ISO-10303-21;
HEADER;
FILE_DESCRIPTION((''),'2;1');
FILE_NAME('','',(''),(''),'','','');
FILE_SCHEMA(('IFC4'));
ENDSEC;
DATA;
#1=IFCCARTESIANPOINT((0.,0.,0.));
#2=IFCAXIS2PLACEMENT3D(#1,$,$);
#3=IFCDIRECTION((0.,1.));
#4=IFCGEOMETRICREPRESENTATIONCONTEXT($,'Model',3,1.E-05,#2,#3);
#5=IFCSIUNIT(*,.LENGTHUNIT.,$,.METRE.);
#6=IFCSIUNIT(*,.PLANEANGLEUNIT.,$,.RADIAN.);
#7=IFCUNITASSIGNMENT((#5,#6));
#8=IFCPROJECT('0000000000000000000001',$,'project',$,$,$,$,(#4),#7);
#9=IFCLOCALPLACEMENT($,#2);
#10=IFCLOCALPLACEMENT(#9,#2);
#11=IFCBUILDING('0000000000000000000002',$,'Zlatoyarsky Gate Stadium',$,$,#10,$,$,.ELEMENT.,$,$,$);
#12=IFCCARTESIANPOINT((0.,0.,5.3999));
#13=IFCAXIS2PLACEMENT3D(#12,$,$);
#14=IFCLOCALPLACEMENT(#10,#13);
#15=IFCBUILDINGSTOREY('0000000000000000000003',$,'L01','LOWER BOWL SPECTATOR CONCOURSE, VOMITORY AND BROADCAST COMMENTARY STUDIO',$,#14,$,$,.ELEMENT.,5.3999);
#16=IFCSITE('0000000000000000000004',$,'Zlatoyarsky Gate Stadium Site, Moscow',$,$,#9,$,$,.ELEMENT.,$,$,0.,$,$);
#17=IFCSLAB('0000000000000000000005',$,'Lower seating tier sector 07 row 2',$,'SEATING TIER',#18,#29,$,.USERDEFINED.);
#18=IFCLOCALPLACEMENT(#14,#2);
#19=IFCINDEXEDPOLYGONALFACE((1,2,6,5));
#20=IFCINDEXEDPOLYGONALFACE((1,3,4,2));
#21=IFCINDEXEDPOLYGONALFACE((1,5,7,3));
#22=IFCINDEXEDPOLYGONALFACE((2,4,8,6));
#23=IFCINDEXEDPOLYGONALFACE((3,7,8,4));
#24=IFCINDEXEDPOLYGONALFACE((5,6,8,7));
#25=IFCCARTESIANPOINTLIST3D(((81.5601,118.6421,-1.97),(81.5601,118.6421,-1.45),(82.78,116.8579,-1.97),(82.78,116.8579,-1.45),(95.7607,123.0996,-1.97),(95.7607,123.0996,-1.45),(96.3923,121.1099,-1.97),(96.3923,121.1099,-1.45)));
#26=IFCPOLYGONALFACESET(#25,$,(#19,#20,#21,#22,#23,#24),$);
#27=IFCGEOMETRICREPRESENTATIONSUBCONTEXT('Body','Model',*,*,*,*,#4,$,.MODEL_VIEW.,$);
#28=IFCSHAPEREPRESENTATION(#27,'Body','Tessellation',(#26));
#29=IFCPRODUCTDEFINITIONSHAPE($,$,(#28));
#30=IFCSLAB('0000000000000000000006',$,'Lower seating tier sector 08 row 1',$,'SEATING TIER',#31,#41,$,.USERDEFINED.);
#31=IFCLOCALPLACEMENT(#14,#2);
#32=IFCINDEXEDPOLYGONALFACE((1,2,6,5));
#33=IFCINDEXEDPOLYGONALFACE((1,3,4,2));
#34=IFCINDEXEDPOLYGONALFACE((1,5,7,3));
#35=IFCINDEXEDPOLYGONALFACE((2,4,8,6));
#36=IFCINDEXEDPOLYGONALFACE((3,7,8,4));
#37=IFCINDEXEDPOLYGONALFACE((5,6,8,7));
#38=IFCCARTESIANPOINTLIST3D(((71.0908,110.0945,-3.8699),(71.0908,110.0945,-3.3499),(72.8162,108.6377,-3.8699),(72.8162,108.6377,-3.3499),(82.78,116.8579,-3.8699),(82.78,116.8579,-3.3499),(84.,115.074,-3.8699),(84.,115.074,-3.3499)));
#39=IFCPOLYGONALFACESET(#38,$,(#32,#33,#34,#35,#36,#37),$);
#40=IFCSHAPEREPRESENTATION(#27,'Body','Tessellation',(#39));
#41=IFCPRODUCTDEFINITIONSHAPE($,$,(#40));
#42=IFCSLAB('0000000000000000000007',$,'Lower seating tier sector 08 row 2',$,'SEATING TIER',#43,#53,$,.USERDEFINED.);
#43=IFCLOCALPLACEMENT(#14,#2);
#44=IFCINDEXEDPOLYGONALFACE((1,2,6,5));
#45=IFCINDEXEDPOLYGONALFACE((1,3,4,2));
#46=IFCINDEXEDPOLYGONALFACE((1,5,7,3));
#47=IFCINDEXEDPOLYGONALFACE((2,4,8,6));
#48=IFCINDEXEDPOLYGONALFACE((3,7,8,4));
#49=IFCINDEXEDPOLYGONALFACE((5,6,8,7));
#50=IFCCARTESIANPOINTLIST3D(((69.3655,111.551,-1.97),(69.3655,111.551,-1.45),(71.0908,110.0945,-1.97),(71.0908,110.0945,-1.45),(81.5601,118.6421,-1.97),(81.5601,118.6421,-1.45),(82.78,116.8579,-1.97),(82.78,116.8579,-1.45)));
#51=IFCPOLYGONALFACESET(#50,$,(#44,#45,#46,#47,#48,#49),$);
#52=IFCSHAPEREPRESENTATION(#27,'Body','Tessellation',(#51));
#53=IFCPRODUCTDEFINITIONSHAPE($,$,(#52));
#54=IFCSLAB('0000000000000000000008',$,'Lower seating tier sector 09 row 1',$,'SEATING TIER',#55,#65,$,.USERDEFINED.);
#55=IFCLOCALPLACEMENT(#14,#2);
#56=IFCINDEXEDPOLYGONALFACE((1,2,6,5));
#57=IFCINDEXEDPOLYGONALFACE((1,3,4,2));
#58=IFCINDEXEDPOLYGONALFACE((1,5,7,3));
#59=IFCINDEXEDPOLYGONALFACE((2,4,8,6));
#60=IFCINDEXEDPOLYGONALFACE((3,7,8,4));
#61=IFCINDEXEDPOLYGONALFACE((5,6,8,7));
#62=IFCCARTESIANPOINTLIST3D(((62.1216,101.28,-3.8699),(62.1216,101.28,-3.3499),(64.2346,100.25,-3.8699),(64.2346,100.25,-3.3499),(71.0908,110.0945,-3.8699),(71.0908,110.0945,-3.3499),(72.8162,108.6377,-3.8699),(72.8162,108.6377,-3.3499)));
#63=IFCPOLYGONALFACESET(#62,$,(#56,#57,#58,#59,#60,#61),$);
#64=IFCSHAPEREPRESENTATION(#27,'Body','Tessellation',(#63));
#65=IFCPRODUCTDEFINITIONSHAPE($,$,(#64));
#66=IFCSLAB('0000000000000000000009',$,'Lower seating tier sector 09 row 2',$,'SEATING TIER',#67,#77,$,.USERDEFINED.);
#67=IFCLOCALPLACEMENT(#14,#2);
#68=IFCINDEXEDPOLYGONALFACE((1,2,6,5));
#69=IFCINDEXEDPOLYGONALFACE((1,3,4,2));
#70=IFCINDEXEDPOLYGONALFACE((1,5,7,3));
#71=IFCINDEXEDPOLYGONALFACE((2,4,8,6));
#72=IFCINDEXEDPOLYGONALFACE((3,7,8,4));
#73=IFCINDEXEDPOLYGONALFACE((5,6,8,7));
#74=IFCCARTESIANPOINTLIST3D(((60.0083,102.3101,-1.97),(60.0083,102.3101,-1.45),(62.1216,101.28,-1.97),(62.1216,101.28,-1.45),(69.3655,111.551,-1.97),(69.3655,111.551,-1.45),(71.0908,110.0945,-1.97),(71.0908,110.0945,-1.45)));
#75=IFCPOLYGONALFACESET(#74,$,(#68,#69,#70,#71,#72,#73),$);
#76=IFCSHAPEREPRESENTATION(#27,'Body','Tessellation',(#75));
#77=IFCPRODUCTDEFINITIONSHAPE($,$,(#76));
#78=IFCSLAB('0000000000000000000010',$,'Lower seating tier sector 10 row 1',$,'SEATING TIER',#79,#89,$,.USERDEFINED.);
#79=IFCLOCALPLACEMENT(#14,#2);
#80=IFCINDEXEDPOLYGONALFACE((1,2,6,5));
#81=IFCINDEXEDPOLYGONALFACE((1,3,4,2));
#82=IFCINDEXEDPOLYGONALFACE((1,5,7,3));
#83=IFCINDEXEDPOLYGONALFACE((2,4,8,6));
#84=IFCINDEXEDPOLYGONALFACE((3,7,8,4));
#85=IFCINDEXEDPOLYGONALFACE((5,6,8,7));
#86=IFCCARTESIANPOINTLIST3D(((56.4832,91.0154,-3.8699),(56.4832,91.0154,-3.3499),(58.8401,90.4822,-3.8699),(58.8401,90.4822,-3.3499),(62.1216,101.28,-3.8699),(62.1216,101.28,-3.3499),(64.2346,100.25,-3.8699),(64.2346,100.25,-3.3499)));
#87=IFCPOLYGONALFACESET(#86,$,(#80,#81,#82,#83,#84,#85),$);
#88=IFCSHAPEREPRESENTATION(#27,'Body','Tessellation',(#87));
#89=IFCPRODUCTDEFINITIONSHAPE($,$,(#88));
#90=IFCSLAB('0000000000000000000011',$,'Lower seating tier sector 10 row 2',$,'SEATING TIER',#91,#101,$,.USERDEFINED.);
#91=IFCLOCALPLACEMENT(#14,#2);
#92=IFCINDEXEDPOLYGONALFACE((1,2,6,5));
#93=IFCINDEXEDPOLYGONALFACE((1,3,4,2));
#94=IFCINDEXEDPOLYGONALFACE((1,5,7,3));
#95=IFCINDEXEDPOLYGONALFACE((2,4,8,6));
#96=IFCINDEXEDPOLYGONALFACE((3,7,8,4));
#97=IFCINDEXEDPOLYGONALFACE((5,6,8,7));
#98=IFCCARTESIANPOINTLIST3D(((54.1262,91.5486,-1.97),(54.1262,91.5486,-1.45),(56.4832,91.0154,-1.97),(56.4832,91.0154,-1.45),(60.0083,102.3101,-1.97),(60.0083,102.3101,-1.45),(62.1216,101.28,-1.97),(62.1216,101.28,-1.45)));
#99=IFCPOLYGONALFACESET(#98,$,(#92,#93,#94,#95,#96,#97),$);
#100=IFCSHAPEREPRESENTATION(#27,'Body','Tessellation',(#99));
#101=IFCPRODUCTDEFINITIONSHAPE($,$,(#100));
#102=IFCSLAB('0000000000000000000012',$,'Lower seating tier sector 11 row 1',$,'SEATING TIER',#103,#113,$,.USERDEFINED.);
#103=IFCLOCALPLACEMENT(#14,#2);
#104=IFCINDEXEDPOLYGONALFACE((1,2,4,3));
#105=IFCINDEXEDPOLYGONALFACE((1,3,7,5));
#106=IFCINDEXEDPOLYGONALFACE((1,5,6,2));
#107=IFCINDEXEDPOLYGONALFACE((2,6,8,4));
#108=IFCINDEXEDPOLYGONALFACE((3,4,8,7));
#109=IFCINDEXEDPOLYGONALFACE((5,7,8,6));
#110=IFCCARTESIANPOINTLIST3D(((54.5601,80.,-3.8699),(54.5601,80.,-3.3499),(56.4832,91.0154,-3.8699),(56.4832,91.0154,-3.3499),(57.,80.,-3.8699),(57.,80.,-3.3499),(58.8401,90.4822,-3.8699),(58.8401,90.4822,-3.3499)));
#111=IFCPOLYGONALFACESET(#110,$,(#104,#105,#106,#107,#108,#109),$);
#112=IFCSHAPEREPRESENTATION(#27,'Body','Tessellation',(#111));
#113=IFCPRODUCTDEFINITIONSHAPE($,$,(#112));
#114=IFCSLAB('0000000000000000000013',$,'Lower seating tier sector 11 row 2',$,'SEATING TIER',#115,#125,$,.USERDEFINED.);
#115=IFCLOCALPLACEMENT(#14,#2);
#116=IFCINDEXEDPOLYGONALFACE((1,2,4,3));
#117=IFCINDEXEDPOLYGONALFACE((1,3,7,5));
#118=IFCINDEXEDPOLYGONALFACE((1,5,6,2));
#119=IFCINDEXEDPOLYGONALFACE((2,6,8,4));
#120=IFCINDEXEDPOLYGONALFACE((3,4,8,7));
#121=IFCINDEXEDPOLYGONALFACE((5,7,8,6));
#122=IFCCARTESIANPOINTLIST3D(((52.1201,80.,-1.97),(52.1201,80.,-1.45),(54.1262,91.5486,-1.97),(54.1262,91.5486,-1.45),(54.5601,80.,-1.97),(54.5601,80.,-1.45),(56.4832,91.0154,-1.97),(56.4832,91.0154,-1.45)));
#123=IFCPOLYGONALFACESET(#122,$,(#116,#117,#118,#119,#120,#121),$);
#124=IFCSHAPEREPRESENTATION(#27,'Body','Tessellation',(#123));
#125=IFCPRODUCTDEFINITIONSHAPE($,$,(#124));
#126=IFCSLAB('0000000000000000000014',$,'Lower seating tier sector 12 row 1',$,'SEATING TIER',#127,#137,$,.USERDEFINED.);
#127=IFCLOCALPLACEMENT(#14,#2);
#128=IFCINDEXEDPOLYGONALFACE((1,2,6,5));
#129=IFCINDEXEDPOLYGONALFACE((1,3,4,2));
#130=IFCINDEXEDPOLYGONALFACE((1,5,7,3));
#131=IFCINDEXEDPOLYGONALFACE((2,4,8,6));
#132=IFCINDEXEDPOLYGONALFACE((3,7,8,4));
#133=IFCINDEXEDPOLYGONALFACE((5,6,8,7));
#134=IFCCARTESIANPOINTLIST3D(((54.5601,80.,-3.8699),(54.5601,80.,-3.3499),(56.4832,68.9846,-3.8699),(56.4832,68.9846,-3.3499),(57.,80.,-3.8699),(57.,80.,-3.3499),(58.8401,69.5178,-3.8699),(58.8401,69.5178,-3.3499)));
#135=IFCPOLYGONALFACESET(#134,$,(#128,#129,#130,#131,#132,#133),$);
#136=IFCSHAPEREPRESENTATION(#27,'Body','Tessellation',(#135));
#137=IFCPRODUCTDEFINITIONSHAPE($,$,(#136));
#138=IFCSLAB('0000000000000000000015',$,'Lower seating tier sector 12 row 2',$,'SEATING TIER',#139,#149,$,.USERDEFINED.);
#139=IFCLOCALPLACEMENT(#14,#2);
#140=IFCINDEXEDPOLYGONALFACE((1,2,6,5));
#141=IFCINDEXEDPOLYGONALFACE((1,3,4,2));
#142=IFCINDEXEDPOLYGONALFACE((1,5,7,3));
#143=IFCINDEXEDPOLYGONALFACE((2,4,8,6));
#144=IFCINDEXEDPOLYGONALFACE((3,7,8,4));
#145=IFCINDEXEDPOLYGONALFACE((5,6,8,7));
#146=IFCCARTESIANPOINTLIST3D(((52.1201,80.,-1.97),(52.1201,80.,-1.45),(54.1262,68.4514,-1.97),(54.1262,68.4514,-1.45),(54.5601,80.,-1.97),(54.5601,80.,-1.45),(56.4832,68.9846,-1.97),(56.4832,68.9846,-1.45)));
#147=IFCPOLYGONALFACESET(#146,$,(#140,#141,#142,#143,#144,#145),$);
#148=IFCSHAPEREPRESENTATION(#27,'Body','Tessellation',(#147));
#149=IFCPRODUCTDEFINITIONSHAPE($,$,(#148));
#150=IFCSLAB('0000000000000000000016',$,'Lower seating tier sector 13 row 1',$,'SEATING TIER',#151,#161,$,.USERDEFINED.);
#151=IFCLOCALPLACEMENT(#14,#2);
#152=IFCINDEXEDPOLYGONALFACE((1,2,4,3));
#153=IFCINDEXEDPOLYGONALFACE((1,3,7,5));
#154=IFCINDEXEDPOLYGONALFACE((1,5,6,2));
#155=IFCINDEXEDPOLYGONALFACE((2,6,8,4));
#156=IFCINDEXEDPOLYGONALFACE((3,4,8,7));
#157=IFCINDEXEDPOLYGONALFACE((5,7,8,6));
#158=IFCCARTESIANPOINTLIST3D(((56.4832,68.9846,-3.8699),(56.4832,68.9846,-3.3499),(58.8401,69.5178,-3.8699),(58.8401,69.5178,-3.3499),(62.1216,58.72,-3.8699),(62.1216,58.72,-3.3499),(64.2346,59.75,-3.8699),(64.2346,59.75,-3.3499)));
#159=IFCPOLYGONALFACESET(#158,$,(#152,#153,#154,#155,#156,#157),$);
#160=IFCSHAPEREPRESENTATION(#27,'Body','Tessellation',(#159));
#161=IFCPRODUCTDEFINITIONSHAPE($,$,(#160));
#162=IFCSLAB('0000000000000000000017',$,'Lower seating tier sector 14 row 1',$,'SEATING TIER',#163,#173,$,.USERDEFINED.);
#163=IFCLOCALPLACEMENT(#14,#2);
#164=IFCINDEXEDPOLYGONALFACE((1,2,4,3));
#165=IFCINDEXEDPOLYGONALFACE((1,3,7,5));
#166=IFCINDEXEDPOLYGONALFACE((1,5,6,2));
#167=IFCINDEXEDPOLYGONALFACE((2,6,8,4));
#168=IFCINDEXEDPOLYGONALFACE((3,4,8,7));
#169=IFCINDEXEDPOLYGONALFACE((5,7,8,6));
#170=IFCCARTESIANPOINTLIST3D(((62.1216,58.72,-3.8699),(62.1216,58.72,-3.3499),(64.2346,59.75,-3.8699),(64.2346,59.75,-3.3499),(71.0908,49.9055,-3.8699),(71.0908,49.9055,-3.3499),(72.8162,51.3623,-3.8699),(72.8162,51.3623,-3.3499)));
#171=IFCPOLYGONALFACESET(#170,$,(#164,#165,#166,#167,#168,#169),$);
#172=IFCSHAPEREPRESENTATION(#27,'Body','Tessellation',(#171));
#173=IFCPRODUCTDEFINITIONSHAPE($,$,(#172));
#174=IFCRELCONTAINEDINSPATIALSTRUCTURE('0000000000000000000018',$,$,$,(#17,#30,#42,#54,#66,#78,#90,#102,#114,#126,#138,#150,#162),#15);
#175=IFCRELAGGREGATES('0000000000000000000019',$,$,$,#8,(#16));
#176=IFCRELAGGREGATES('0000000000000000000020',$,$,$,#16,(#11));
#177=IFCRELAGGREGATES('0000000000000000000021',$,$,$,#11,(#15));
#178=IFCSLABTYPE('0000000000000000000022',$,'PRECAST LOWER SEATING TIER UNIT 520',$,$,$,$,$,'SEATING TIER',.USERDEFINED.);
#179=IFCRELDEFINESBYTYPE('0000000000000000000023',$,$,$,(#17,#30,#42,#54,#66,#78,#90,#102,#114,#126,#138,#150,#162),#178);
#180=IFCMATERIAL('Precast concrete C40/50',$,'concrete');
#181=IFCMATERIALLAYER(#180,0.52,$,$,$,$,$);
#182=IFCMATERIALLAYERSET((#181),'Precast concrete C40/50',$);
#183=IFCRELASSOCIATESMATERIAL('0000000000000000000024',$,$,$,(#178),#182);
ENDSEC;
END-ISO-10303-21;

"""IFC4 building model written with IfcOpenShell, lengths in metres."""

from ifc_helpers import new_model, si_unit, direction, frame, origin, place, context, subcontext, project, spatial, polyline, outline, extrude, material, layer, layer_set, type_object, element, save


model = new_model("IFC4")

# Units and contexts
model_context = context("Model", 3, precision=1e-05, world=origin(), true_north=direction((0.0, 1.0)))
body_context = subcontext(model_context, "Body", "Model", "MODEL_VIEW")
ifc_project = project(units=[si_unit("LENGTHUNIT", "METRE"), si_unit("PLANEANGLEUNIT", "RADIAN")], contexts=[model_context])

# Site, building, storey
site_placement = place(None, origin())
site = spatial("IfcSite", under=ifc_project, at=site_placement, Name="Zlatoyarsky Gate Stadium Site, Moscow", CompositionType="ELEMENT", RefElevation=0.0)
building_placement = place(site_placement, origin())
building = spatial("IfcBuilding", under=site, at=building_placement, Name="Zlatoyarsky Gate Stadium", CompositionType="ELEMENT")
storey_placement = place(building_placement, frame((0.0, 0.0, 5.3999)))
storey = spatial("IfcBuildingStorey", under=building, at=storey_placement, Name="L01", Description="LOWER BOWL SPECTATOR CONCOURSE, VOMITORY AND BROADCAST COMMENTARY STUDIO", CompositionType="ELEMENT", Elevation=5.3999)

# Slabs
ifc_material = material(Name="Precast concrete C40/50", Category="concrete")
ifc_layer = layer(ifc_material, 0.52)
ifc_layer_set = layer_set([ifc_layer], Name="Precast concrete C40/50")
slab_type = type_object("IfcSlabType", Name="PRECAST LOWER SEATING TIER UNIT 520", ElementType="SEATING TIER", PredefinedType="USERDEFINED", material=ifc_layer_set)
slab_1_placement = place(storey_placement, frame((0.0, 0.0, -1.97)))
element("IfcSlab", 1, at=slab_1_placement, inside=storey, type_object=slab_type, Name="Lower seating tier sector 07 row 2", ObjectType="SEATING TIER", PredefinedType="USERDEFINED", context=body_context, shape_type="SweptSolid", body=[
    extrude(outline(polyline([(96.3923, 121.1099), (95.7607, 123.0996), (81.5601, 118.6421), (82.78, 116.8579), (96.3923, 121.1099)])), origin(), (0.0, 0.0, 1.0), 0.52),
])
slab_2_placement = place(storey_placement, frame((0.0, 0.0, -3.8699)))
element("IfcSlab", 2, at=slab_2_placement, inside=storey, type_object=slab_type, Name="Lower seating tier sector 08 row 1", ObjectType="SEATING TIER", PredefinedType="USERDEFINED", context=body_context, shape_type="SweptSolid", body=[
    extrude(outline(polyline([(84.0, 115.074), (82.78, 116.8579), (71.0908, 110.0945), (72.8162, 108.6377), (84.0, 115.074)])), origin(), (0.0, 0.0, 1.0), 0.52),
])
slab_3_placement = place(storey_placement, frame((0.0, 0.0, -1.97)))
element("IfcSlab", 3, at=slab_3_placement, inside=storey, type_object=slab_type, Name="Lower seating tier sector 08 row 2", ObjectType="SEATING TIER", PredefinedType="USERDEFINED", context=body_context, shape_type="SweptSolid", body=[
    extrude(outline(polyline([(82.78, 116.8579), (81.5601, 118.6421), (69.3655, 111.551), (71.0908, 110.0945), (82.78, 116.8579)])), origin(), (0.0, 0.0, 1.0), 0.52),
])
slab_4_placement = place(storey_placement, frame((0.0, 0.0, -3.8699)))
element("IfcSlab", 4, at=slab_4_placement, inside=storey, type_object=slab_type, Name="Lower seating tier sector 09 row 1", ObjectType="SEATING TIER", PredefinedType="USERDEFINED", context=body_context, shape_type="SweptSolid", body=[
    extrude(outline(polyline([(72.8162, 108.6377), (71.0908, 110.0945), (62.1216, 101.28), (64.2346, 100.25), (72.8162, 108.6377)])), origin(), (0.0, 0.0, 1.0), 0.52),
])
slab_5_placement = place(storey_placement, frame((0.0, 0.0, -1.97)))
element("IfcSlab", 5, at=slab_5_placement, inside=storey, type_object=slab_type, Name="Lower seating tier sector 09 row 2", ObjectType="SEATING TIER", PredefinedType="USERDEFINED", context=body_context, shape_type="SweptSolid", body=[
    extrude(outline(polyline([(71.0908, 110.0945), (69.3655, 111.551), (60.0083, 102.3101), (62.1216, 101.28), (71.0908, 110.0945)])), origin(), (0.0, 0.0, 1.0), 0.52),
])
slab_6_placement = place(storey_placement, frame((0.0, 0.0, -3.8699)))
element("IfcSlab", 6, at=slab_6_placement, inside=storey, type_object=slab_type, Name="Lower seating tier sector 10 row 1", ObjectType="SEATING TIER", PredefinedType="USERDEFINED", context=body_context, shape_type="SweptSolid", body=[
    extrude(outline(polyline([(64.2346, 100.25), (62.1216, 101.28), (56.4832, 91.0154), (58.8401, 90.4822), (64.2346, 100.25)])), origin(), (0.0, 0.0, 1.0), 0.52),
])
slab_7_placement = place(storey_placement, frame((0.0, 0.0, -1.97)))
element("IfcSlab", 7, at=slab_7_placement, inside=storey, type_object=slab_type, Name="Lower seating tier sector 10 row 2", ObjectType="SEATING TIER", PredefinedType="USERDEFINED", context=body_context, shape_type="SweptSolid", body=[
    extrude(outline(polyline([(62.1216, 101.28), (60.0083, 102.3101), (54.1262, 91.5486), (56.4832, 91.0154), (62.1216, 101.28)])), origin(), (0.0, 0.0, 1.0), 0.52),
])
slab_8_placement = place(storey_placement, frame((0.0, 0.0, -3.8699)))
element("IfcSlab", 8, at=slab_8_placement, inside=storey, type_object=slab_type, Name="Lower seating tier sector 11 row 1", ObjectType="SEATING TIER", PredefinedType="USERDEFINED", context=body_context, shape_type="SweptSolid", body=[
    extrude(outline(polyline([(58.8401, 90.4822), (56.4832, 91.0154), (54.5601, 80.0), (57.0, 80.0), (58.8401, 90.4822)])), origin(), (0.0, 0.0, 1.0), 0.52),
])
slab_9_placement = place(storey_placement, frame((0.0, 0.0, -1.97)))
element("IfcSlab", 9, at=slab_9_placement, inside=storey, type_object=slab_type, Name="Lower seating tier sector 11 row 2", ObjectType="SEATING TIER", PredefinedType="USERDEFINED", context=body_context, shape_type="SweptSolid", body=[
    extrude(outline(polyline([(56.4832, 91.0154), (54.1262, 91.5486), (52.1201, 80.0), (54.5601, 80.0), (56.4832, 91.0154)])), origin(), (0.0, 0.0, 1.0), 0.52),
])
slab_10_placement = place(storey_placement, frame((0.0, 0.0, -3.8699)))
element("IfcSlab", 10, at=slab_10_placement, inside=storey, type_object=slab_type, Name="Lower seating tier sector 12 row 1", ObjectType="SEATING TIER", PredefinedType="USERDEFINED", context=body_context, shape_type="SweptSolid", body=[
    extrude(outline(polyline([(57.0, 80.0), (54.5601, 80.0), (56.4832, 68.9846), (58.8401, 69.5178), (57.0, 80.0)])), origin(), (0.0, 0.0, 1.0), 0.52),
])
slab_11_placement = place(storey_placement, frame((0.0, 0.0, -1.97)))
element("IfcSlab", 11, at=slab_11_placement, inside=storey, type_object=slab_type, Name="Lower seating tier sector 12 row 2", ObjectType="SEATING TIER", PredefinedType="USERDEFINED", context=body_context, shape_type="SweptSolid", body=[
    extrude(outline(polyline([(54.5601, 80.0), (52.1201, 80.0), (54.1262, 68.4514), (56.4832, 68.9846), (54.5601, 80.0)])), origin(), (0.0, 0.0, 1.0), 0.52),
])
slab_12_placement = place(storey_placement, frame((0.0, 0.0, -3.8699)))
element("IfcSlab", 12, at=slab_12_placement, inside=storey, type_object=slab_type, Name="Lower seating tier sector 13 row 1", ObjectType="SEATING TIER", PredefinedType="USERDEFINED", context=body_context, shape_type="SweptSolid", body=[
    extrude(outline(polyline([(58.8401, 69.5178), (56.4832, 68.9846), (62.1216, 58.72), (64.2346, 59.75), (58.8401, 69.5178)])), origin(), (0.0, 0.0, 1.0), 0.52),
])
slab_13_placement = place(storey_placement, frame((0.0, 0.0, -3.8699)))
element("IfcSlab", 13, at=slab_13_placement, inside=storey, type_object=slab_type, Name="Lower seating tier sector 14 row 1", ObjectType="SEATING TIER", PredefinedType="USERDEFINED", context=body_context, shape_type="SweptSolid", body=[
    extrude(outline(polyline([(64.2346, 59.75), (62.1216, 58.72), (71.0908, 49.9055), (72.8162, 51.3623), (64.2346, 59.75)])), origin(), (0.0, 0.0, 1.0), 0.52),
])

save(model, "model.ifc")
